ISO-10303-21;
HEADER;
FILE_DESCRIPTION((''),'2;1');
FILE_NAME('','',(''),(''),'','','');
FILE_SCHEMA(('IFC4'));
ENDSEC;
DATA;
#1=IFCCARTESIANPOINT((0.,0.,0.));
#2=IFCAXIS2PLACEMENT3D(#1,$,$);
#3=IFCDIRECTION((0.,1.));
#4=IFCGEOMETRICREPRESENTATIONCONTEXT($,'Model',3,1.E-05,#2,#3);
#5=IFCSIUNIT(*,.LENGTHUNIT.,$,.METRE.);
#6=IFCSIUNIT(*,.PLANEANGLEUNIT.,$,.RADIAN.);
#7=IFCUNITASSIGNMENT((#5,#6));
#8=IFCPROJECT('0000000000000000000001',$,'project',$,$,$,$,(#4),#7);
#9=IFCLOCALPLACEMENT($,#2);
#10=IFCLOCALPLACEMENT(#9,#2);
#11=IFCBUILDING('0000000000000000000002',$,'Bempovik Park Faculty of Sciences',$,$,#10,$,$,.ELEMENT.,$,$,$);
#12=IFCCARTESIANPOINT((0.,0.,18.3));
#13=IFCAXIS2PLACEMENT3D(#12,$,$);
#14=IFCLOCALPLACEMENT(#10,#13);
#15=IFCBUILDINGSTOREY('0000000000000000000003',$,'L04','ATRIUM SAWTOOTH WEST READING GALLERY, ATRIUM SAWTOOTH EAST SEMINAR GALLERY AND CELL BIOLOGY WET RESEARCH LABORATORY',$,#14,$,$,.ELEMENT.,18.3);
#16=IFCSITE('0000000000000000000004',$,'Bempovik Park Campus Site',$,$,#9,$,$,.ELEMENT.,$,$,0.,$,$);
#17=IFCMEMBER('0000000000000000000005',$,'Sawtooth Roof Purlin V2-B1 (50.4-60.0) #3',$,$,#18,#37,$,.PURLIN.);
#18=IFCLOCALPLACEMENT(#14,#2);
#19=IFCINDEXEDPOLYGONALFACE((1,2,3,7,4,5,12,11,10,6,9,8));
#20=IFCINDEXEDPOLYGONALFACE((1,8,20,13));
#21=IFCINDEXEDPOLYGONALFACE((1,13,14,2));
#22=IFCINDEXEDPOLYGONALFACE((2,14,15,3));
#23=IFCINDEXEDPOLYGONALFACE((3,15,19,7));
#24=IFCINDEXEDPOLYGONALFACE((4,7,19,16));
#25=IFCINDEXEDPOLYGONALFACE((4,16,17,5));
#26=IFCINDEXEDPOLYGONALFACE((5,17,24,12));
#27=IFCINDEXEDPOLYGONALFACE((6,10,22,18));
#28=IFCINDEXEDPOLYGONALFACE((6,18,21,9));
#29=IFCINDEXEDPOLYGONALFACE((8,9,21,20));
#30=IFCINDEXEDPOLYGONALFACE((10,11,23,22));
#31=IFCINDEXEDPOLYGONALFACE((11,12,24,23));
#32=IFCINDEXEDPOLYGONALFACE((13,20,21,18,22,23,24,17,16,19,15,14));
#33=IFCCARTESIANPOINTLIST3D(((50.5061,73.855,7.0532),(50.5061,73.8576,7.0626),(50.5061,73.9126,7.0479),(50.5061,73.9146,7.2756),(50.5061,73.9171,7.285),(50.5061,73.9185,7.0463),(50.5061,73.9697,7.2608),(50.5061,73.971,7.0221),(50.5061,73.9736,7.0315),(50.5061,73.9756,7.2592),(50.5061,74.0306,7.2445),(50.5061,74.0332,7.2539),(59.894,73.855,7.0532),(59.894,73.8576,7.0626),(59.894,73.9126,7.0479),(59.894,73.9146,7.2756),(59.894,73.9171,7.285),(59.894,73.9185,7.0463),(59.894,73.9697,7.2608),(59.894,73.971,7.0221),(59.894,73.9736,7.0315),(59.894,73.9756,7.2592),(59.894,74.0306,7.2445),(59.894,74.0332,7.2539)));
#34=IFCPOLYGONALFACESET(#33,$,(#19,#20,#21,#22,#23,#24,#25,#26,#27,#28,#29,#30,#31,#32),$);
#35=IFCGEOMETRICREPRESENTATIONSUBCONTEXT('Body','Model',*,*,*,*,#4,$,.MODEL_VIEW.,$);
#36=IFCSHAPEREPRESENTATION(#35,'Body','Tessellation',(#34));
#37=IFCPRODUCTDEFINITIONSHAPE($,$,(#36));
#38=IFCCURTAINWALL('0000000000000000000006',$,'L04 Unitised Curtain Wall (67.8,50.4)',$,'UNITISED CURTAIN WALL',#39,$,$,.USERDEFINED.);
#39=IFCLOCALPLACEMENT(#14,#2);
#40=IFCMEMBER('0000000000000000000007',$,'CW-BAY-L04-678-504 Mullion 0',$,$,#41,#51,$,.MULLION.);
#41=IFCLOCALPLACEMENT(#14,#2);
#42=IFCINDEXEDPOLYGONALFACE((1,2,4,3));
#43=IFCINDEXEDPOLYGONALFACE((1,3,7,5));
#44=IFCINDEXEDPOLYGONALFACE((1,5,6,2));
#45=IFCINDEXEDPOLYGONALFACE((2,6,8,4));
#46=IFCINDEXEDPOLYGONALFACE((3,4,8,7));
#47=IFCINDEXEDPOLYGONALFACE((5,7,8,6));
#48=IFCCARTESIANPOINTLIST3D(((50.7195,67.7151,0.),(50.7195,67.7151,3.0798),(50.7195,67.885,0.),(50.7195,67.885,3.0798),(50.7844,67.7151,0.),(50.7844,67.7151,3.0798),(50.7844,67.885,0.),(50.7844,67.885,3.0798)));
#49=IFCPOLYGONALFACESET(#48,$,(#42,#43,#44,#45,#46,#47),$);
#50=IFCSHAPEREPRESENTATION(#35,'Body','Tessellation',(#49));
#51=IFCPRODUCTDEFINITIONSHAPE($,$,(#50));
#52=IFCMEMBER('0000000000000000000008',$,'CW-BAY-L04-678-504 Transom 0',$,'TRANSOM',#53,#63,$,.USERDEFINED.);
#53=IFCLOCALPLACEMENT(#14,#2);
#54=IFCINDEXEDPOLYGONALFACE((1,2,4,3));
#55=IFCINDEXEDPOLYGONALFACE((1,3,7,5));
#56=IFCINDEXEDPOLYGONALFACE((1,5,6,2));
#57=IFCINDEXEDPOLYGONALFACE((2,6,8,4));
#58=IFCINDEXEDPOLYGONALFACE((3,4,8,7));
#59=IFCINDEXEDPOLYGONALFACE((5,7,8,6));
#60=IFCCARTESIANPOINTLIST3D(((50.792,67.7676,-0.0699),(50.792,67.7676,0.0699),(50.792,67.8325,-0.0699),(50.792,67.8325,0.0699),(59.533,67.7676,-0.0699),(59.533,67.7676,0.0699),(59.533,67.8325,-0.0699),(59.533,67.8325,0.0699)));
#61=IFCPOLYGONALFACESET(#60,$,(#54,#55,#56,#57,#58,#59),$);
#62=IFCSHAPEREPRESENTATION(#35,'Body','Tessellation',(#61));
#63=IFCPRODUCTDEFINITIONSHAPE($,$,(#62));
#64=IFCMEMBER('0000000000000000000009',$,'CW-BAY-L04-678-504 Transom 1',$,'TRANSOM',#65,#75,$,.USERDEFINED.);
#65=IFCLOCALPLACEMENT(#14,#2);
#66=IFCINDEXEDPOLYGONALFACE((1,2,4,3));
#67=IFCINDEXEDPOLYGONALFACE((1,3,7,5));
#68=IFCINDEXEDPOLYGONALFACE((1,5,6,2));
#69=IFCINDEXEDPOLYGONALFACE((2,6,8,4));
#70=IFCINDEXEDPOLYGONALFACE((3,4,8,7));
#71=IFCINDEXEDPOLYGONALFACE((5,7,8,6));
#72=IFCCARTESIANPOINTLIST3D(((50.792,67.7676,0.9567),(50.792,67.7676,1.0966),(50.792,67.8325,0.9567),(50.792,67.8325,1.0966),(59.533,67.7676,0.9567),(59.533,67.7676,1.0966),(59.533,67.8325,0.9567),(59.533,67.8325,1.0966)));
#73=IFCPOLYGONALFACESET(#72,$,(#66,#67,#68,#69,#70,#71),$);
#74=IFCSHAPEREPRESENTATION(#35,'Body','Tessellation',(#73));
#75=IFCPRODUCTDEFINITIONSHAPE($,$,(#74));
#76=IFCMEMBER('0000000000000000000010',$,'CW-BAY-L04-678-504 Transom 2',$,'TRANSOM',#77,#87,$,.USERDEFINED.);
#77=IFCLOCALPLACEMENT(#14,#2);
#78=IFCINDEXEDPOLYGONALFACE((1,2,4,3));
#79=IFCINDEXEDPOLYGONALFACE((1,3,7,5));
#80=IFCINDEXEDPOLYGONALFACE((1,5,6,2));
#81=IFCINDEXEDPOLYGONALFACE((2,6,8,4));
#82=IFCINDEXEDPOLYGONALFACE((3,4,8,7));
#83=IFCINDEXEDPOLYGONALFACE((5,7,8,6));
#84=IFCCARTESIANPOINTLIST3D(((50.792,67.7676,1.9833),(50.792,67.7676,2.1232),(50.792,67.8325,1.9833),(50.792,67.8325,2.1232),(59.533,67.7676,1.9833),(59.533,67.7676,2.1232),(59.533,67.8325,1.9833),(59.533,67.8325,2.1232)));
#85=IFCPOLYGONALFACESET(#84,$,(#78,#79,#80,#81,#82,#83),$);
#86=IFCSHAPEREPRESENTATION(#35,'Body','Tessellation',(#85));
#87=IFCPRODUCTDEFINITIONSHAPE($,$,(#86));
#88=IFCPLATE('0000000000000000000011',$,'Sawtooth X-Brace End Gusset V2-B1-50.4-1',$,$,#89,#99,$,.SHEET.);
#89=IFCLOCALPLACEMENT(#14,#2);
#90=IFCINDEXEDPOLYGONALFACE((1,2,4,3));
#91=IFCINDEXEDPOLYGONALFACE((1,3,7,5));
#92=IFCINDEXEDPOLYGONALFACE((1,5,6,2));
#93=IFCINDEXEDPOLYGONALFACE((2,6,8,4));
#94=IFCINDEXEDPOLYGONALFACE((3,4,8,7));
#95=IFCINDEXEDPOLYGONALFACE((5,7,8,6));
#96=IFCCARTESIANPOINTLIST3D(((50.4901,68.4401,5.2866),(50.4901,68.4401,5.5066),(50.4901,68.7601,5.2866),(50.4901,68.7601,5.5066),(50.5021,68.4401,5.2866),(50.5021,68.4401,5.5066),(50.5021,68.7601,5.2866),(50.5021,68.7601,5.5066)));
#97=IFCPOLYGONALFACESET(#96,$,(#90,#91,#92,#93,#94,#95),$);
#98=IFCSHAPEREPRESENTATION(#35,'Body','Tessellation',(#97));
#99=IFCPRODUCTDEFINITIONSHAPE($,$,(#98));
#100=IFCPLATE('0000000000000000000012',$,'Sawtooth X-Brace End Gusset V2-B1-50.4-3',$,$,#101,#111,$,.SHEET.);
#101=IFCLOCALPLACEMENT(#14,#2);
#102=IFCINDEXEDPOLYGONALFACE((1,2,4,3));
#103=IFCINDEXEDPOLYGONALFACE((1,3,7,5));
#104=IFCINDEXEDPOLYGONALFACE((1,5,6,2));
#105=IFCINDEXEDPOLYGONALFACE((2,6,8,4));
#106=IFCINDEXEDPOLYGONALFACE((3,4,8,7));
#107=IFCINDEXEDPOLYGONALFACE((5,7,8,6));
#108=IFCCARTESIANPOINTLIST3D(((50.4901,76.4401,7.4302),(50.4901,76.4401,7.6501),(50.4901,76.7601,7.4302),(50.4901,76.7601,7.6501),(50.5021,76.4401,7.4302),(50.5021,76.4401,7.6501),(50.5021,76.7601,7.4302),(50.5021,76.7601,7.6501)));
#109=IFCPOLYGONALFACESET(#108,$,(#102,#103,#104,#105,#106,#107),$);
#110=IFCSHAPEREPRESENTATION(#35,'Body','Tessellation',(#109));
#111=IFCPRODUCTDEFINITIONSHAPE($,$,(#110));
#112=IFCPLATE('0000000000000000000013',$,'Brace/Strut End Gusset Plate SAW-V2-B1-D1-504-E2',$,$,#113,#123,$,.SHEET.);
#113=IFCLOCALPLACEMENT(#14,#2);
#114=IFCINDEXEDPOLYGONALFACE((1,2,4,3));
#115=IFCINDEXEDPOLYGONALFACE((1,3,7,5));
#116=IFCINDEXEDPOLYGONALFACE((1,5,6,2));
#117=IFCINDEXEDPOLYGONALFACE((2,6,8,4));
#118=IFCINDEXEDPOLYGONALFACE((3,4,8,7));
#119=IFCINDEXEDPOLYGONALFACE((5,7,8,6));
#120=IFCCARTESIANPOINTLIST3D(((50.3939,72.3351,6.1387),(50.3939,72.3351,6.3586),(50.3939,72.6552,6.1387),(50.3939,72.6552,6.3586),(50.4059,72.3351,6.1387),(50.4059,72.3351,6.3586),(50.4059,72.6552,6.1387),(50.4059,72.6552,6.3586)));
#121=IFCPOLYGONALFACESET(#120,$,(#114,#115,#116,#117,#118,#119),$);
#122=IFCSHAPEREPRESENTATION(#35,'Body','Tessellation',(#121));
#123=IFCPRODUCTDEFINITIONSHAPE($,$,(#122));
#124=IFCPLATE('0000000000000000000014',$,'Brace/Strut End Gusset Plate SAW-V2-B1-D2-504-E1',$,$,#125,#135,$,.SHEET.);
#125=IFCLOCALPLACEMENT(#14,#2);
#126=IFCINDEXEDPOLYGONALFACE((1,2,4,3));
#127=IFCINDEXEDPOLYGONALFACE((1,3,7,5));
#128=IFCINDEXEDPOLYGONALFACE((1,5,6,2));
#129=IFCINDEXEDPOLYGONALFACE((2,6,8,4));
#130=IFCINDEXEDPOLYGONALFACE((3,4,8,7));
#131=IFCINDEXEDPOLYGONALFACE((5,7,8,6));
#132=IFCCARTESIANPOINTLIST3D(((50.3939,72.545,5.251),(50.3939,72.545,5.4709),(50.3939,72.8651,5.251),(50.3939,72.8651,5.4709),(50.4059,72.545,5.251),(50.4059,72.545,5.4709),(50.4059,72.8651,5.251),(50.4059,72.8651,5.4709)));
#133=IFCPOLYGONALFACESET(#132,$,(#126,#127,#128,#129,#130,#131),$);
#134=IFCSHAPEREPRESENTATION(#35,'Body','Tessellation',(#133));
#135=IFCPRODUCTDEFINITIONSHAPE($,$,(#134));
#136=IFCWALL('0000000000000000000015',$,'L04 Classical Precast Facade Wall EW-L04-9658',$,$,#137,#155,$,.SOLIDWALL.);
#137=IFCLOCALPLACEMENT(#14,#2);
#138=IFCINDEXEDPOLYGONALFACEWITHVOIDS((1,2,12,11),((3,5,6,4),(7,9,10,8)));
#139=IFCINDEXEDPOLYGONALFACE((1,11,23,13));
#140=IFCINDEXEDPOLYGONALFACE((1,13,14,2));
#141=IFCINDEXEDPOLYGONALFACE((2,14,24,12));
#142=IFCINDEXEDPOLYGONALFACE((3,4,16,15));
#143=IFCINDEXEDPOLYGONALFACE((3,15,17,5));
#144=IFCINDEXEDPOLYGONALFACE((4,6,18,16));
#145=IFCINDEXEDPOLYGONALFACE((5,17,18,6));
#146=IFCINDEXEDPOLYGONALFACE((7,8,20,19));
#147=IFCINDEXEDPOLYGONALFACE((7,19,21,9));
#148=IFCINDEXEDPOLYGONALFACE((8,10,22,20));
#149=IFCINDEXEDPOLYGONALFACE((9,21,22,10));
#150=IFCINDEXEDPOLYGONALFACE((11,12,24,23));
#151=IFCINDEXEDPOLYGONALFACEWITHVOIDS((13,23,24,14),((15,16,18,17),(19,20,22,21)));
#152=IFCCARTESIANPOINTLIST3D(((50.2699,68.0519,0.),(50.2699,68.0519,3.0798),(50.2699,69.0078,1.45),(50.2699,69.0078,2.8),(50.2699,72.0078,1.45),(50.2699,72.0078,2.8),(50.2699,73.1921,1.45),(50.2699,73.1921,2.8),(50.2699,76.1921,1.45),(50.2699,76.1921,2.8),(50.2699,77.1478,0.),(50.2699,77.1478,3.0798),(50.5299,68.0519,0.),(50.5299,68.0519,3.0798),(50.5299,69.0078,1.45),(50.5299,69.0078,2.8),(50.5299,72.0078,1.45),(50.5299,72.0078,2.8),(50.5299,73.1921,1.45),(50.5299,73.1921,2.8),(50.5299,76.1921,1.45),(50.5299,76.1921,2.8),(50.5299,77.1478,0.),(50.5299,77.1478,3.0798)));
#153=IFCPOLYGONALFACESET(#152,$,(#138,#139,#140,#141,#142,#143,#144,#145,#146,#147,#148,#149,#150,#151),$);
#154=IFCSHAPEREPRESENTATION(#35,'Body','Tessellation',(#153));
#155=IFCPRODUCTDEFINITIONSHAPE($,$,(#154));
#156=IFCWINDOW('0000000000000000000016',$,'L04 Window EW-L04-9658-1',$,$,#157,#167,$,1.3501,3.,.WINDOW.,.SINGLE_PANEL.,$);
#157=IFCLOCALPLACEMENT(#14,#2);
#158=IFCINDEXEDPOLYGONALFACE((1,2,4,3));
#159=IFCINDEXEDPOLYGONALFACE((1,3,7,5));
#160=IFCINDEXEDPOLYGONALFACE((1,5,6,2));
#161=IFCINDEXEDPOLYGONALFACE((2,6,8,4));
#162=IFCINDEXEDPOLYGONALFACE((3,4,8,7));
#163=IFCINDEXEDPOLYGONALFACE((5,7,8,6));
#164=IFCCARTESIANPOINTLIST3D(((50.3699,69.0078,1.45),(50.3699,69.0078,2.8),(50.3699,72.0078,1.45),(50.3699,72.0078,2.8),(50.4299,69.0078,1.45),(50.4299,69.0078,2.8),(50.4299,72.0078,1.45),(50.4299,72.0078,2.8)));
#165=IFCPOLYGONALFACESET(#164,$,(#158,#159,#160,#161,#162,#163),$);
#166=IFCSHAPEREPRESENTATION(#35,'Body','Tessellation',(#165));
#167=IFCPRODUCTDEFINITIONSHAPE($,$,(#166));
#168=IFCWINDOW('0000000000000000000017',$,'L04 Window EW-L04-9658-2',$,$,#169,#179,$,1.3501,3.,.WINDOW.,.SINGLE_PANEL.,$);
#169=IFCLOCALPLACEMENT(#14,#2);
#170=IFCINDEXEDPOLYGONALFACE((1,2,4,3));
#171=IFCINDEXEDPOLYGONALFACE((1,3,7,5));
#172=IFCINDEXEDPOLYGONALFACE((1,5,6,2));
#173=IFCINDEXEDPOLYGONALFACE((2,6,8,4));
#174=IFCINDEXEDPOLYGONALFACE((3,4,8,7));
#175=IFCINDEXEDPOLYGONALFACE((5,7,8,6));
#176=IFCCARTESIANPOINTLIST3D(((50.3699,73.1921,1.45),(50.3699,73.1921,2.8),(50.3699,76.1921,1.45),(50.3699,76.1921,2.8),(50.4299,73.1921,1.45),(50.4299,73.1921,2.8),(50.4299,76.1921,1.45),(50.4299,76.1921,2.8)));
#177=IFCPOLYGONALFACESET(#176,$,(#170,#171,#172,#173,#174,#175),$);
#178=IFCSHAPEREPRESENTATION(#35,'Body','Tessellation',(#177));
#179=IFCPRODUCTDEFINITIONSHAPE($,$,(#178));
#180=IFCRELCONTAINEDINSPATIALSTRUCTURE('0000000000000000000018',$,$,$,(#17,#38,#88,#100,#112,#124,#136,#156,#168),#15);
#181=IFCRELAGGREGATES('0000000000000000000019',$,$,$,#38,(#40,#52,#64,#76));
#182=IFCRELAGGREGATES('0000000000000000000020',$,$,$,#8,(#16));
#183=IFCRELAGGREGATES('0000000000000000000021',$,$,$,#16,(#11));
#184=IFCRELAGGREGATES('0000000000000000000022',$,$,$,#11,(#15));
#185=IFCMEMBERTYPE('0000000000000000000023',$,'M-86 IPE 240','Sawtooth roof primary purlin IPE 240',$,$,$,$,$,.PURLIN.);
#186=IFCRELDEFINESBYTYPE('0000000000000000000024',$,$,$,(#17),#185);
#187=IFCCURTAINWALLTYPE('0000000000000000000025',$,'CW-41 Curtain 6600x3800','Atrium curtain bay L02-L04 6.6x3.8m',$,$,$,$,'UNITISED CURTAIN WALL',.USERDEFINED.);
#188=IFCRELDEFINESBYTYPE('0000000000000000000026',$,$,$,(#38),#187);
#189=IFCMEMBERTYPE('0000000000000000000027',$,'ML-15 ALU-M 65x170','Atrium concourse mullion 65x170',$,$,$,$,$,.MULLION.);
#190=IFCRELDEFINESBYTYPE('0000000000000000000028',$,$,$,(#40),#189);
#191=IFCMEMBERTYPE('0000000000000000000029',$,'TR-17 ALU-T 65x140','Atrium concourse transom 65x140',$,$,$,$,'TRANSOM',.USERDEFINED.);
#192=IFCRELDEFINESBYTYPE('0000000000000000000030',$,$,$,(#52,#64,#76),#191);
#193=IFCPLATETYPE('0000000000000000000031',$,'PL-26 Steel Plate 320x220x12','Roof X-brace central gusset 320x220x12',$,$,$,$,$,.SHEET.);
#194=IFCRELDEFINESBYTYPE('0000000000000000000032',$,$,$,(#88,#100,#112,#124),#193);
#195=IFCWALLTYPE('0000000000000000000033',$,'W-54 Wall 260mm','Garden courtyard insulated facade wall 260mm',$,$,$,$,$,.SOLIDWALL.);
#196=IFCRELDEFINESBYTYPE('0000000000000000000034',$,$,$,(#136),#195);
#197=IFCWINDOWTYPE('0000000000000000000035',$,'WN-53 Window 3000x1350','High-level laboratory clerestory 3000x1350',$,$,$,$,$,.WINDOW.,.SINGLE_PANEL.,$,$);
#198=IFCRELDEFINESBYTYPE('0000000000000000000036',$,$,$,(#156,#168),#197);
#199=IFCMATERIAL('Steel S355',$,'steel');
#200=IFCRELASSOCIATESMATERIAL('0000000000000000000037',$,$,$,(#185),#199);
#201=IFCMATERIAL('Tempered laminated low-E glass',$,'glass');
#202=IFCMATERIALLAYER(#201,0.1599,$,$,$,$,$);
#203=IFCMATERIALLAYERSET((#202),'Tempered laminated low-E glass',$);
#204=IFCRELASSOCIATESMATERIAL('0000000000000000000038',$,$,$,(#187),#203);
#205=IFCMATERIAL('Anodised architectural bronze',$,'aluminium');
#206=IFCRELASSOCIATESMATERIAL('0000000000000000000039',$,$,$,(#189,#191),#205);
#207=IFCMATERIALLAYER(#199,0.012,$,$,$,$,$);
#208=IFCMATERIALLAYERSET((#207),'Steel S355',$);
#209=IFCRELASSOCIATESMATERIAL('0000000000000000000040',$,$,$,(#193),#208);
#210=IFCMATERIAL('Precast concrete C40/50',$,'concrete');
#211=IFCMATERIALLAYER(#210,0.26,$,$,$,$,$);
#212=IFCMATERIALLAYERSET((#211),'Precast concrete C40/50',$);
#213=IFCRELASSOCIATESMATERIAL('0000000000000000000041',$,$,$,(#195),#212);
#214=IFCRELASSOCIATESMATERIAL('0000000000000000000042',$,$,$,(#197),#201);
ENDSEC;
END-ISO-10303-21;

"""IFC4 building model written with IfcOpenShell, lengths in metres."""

from ifc_helpers import new_model, si_unit, direction, frame, frame_2d, origin, origin_2d, place, context, subcontext, project, spatial, rectangle, i_section, extrude, material, layer, layer_set, material_profile, profile_set, type_object, element, fill, aggregate, save


model = new_model("IFC4")

# Units and contexts
model_context = context("Model", 3, precision=1e-05, world=origin(), true_north=direction((0.0, 1.0)))
body_context = subcontext(model_context, "Body", "Model", "MODEL_VIEW")
ifc_project = project(units=[si_unit("LENGTHUNIT", "METRE"), si_unit("PLANEANGLEUNIT", "RADIAN")], contexts=[model_context])

# Site, building, storey
site_placement = place(None, origin())
site = spatial("IfcSite", under=ifc_project, at=site_placement, Name="Bempovik Park Campus Site", CompositionType="ELEMENT", RefElevation=0.0)
building_placement = place(site_placement, origin())
building = spatial("IfcBuilding", under=site, at=building_placement, Name="Bempovik Park Faculty of Sciences", CompositionType="ELEMENT")
storey_placement = place(building_placement, frame((0.0, 0.0, 18.3)))
storey = spatial("IfcBuildingStorey", under=building, at=storey_placement, Name="L04", Description="ATRIUM SAWTOOTH WEST READING GALLERY, ATRIUM SAWTOOTH EAST SEMINAR GALLERY AND CELL BIOLOGY WET RESEARCH LABORATORY", CompositionType="ELEMENT", Elevation=18.3)

# Shared definitions
ifc_material_1 = material(Name="Steel S355", Category="steel")

# Member
ifc_material_profile_1 = material_profile(ifc_material_1, i_section(OverallWidth=0.1201, OverallDepth=0.24, WebThickness=0.0061, FlangeThickness=0.0098, at=origin_2d()), Name="IPE 240")
ifc_profile_set_1 = profile_set([ifc_material_profile_1], Name="Steel S355")
member_type_1 = type_object("IfcMemberType", Name="M-86 IPE 240", Description="Sawtooth roof primary purlin IPE 240", PredefinedType="PURLIN", material=ifc_profile_set_1)
for number, where, z_axis, x_axis, name in (
    (1, (50.5061, 73.9441, 7.1536), (1.0, 0.0, 0.0), (0.0, 0.965926, -0.258819), "Sawtooth Roof Purlin V2-B1 (50.4-60.0) #3"),
):
    element("IfcMember", number, at=place(storey_placement, frame(where, z_axis=z_axis, x_axis=x_axis)), inside=storey, type_object=member_type_1, Name=name, PredefinedType="PURLIN", context=body_context, shape_type="SweptSolid", body=[
        extrude(i_section(OverallWidth=0.1201, OverallDepth=0.24, WebThickness=0.0061, FlangeThickness=0.0098, at=origin_2d()), origin(), (0.0, 0.0, 1.0), 9.3879),
    ])

# Curtain wall, members
ifc_material_2 = material(Name="Tempered laminated low-E glass", Category="glass")
ifc_layer_1 = layer(ifc_material_2, 0.1599)
ifc_layer_set_1 = layer_set([ifc_layer_1], Name="Tempered laminated low-E glass")
curtain_wall_type = type_object("IfcCurtainWallType", Name="CW-41 Curtain 6600x3800", Description="Atrium curtain bay L02-L04 6.6x3.8m", ElementType="UNITISED CURTAIN WALL", PredefinedType="USERDEFINED", material=ifc_layer_set_1)
curtain_wall_placement = place(storey_placement, origin())
curtain_wall = element("IfcCurtainWall", 2, at=curtain_wall_placement, inside=storey, type_object=curtain_wall_type, Name="L04 Unitised Curtain Wall (67.8,50.4)", ObjectType="UNITISED CURTAIN WALL", PredefinedType="USERDEFINED")
ifc_material_3 = material(Name="Anodised architectural bronze", Category="aluminium")
ifc_material_profile_2 = material_profile(ifc_material_3, rectangle(XDim=0.0649, YDim=0.1699, at=origin_2d()), Name="ALU-M 65x170")
ifc_profile_set_2 = profile_set([ifc_material_profile_2], Name="Anodised architectural bronze")
member_type_2 = type_object("IfcMemberType", Name="ML-15 ALU-M 65x170", Description="Atrium concourse mullion 65x170", PredefinedType="MULLION", material=ifc_profile_set_2)
member_1_placement = place(storey_placement, frame((50.752, 67.8, 0.0), z_axis=(0.0, 0.0, 1.0), x_axis=(1.0, 0.0, 0.0)))
member_1 = element("IfcMember", 3, at=member_1_placement, type_object=member_type_2, Name="CW-BAY-L04-678-504 Mullion 0", PredefinedType="MULLION", context=body_context, shape_type="SweptSolid", body=[
    extrude(rectangle(XDim=0.0649, YDim=0.1699, at=origin_2d()), origin(), (0.0, 0.0, 1.0), 3.0798),
])
ifc_material_profile_3 = material_profile(ifc_material_3, rectangle(XDim=0.0649, YDim=0.1399, at=origin_2d()), Name="ALU-T 65x140")
ifc_profile_set_3 = profile_set([ifc_material_profile_3], Name="Anodised architectural bronze")
member_type_3 = type_object("IfcMemberType", Name="TR-17 ALU-T 65x140", Description="Atrium concourse transom 65x140", ElementType="TRANSOM", PredefinedType="USERDEFINED", material=ifc_profile_set_3)
member_2_placement = place(storey_placement, frame((50.792, 67.8, 0.0), z_axis=(1.0, 0.0, 0.0), x_axis=(0.0, 1.0, 0.0)))
member_2 = element("IfcMember", 4, at=member_2_placement, type_object=member_type_3, Name="CW-BAY-L04-678-504 Transom 0", ObjectType="TRANSOM", PredefinedType="USERDEFINED", context=body_context, shape_type="SweptSolid", body=[
    extrude(rectangle(XDim=0.0649, YDim=0.1399, at=origin_2d()), origin(), (0.0, 0.0, 1.0), 8.741),
])
member_3_placement = place(storey_placement, frame((50.792, 67.8, 1.0266), z_axis=(1.0, 0.0, 0.0), x_axis=(0.0, 1.0, 0.0)))
member_3 = element("IfcMember", 5, at=member_3_placement, type_object=member_type_3, Name="CW-BAY-L04-678-504 Transom 1", ObjectType="TRANSOM", PredefinedType="USERDEFINED", context=body_context, shape_type="SweptSolid", body=[
    extrude(rectangle(XDim=0.0649, YDim=0.1399, at=origin_2d()), origin(), (0.0, 0.0, 1.0), 8.741),
])
member_4_placement = place(storey_placement, frame((50.792, 67.8, 2.0532), z_axis=(1.0, 0.0, 0.0), x_axis=(0.0, 1.0, 0.0)))
member_4 = element("IfcMember", 6, at=member_4_placement, type_object=member_type_3, Name="CW-BAY-L04-678-504 Transom 2", ObjectType="TRANSOM", PredefinedType="USERDEFINED", context=body_context, shape_type="SweptSolid", body=[
    extrude(rectangle(XDim=0.0649, YDim=0.1399, at=origin_2d()), origin(), (0.0, 0.0, 1.0), 8.741),
])
aggregate(curtain_wall, [member_1, member_2, member_3, member_4])

# Plates
ifc_layer_2 = layer(ifc_material_1, 0.012)
ifc_layer_set_2 = layer_set([ifc_layer_2], Name="Steel S355")
plate_type = type_object("IfcPlateType", Name="PL-26 Steel Plate 320x220x12", Description="Roof X-brace central gusset 320x220x12", PredefinedType="SHEET", material=ifc_layer_set_2)
for number, where, z_axis, x_axis, name in (
    (7, (50.4961, 68.6001, 5.2866), (0.0, 0.0, 1.0), (1.0, 0.0, 0.0), "Sawtooth X-Brace End Gusset V2-B1-50.4-1"),
    (8, (50.4961, 76.6001, 7.4302), (0.0, 0.0, 1.0), (1.0, 0.0, 0.0), "Sawtooth X-Brace End Gusset V2-B1-50.4-3"),
    (9, (50.3999, 72.4951, 6.1387), (0.0, 0.0, 1.0), (1.0, 0.0, 0.0), "Brace/Strut End Gusset Plate SAW-V2-B1-D1-504-E2"),
    (10, (50.3999, 72.7051, 5.251), (0.0, 0.0, 1.0), (1.0, 0.0, 0.0), "Brace/Strut End Gusset Plate SAW-V2-B1-D2-504-E1"),
):
    element("IfcPlate", number, at=place(storey_placement, frame(where, z_axis=z_axis, x_axis=x_axis)), inside=storey, type_object=plate_type, Name=name, PredefinedType="SHEET", context=body_context, shape_type="SweptSolid", body=[
        extrude(rectangle(XDim=0.012, YDim=0.3201, at=origin_2d()), origin(), (0.0, 0.0, 1.0), 0.22),
    ])

# Wall, openings, windows
ifc_material_4 = material(Name="Precast concrete C40/50", Category="concrete")
ifc_layer_3 = layer(ifc_material_4, 0.26)
ifc_layer_set_3 = layer_set([ifc_layer_3], Name="Precast concrete C40/50")
wall_type = type_object("IfcWallType", Name="W-54 Wall 260mm", Description="Garden courtyard insulated facade wall 260mm", PredefinedType="SOLIDWALL", material=ifc_layer_set_3)
wall_placement = place(storey_placement, frame((50.3999, 68.052, 0.0), z_axis=(0.0, 0.0, 1.0), x_axis=(0.0, 1.0, 0.0)))
wall = element("IfcWall", 11, at=wall_placement, inside=storey, type_object=wall_type, Name="L04 Classical Precast Facade Wall EW-L04-9658", PredefinedType="SOLIDWALL", context=body_context, shape_type="SweptSolid", body=[
    extrude(rectangle(XDim=9.0959, YDim=0.26, at=frame_2d((4.5479, 0.0))), origin(), (0.0, 0.0, 1.0), 3.0798),
])
opening_1_placement = place(wall_placement, frame((0.9558, 0.0, 1.45)))
opening_1 = element("IfcOpeningElement", 12, at=opening_1_placement, cuts=wall, PredefinedType="OPENING", context=body_context, shape_type="SweptSolid", body=[
    extrude(rectangle(XDim=3.0, YDim=1.3501, at=frame_2d((1.5, 0.675))), frame((0.0, 0.1401, 0.0), z_axis=(0.0, -1.0, 0.0), x_axis=(1.0, 0.0, 0.0)), (0.0, 0.0, 1.0), 0.28),
])
opening_2_placement = place(wall_placement, frame((5.1401, 0.0, 1.45)))
opening_2 = element("IfcOpeningElement", 13, at=opening_2_placement, cuts=wall, PredefinedType="OPENING", context=body_context, shape_type="SweptSolid", body=[
    extrude(rectangle(XDim=3.0, YDim=1.3501, at=frame_2d((1.5, 0.675))), frame((0.0, 0.1401, 0.0), z_axis=(0.0, -1.0, 0.0), x_axis=(1.0, 0.0, 0.0)), (0.0, 0.0, 1.0), 0.28),
])
window_type = type_object("IfcWindowType", Name="WN-53 Window 3000x1350", Description="High-level laboratory clerestory 3000x1350", PartitioningType="SINGLE_PANEL", PredefinedType="WINDOW", material=ifc_material_2)
window_1_placement = place(opening_1_placement, origin())
window_1 = element("IfcWindow", 14, at=window_1_placement, inside=storey, type_object=window_type, Name="L04 Window EW-L04-9658-1", OverallHeight=1.3501, OverallWidth=3.0, PartitioningType="SINGLE_PANEL", PredefinedType="WINDOW", context=body_context, shape_type="SweptSolid", body=[
    extrude(rectangle(XDim=3.0, YDim=1.3501, at=frame_2d((1.5, 0.675))), frame((0.0, 0.03, 0.0), z_axis=(0.0, -1.0, 0.0), x_axis=(1.0, 0.0, 0.0)), (0.0, 0.0, 1.0), 0.0601),
])
fill(opening_1, window_1)
window_2_placement = place(opening_2_placement, origin())
window_2 = element("IfcWindow", 15, at=window_2_placement, inside=storey, type_object=window_type, Name="L04 Window EW-L04-9658-2", OverallHeight=1.3501, OverallWidth=3.0, PartitioningType="SINGLE_PANEL", PredefinedType="WINDOW", context=body_context, shape_type="SweptSolid", body=[
    extrude(rectangle(XDim=3.0, YDim=1.3501, at=frame_2d((1.5, 0.675))), frame((0.0, 0.03, 0.0), z_axis=(0.0, -1.0, 0.0), x_axis=(1.0, 0.0, 0.0)), (0.0, 0.0, 1.0), 0.0601),
])
fill(opening_2, window_2)

save(model, "model.ifc")
